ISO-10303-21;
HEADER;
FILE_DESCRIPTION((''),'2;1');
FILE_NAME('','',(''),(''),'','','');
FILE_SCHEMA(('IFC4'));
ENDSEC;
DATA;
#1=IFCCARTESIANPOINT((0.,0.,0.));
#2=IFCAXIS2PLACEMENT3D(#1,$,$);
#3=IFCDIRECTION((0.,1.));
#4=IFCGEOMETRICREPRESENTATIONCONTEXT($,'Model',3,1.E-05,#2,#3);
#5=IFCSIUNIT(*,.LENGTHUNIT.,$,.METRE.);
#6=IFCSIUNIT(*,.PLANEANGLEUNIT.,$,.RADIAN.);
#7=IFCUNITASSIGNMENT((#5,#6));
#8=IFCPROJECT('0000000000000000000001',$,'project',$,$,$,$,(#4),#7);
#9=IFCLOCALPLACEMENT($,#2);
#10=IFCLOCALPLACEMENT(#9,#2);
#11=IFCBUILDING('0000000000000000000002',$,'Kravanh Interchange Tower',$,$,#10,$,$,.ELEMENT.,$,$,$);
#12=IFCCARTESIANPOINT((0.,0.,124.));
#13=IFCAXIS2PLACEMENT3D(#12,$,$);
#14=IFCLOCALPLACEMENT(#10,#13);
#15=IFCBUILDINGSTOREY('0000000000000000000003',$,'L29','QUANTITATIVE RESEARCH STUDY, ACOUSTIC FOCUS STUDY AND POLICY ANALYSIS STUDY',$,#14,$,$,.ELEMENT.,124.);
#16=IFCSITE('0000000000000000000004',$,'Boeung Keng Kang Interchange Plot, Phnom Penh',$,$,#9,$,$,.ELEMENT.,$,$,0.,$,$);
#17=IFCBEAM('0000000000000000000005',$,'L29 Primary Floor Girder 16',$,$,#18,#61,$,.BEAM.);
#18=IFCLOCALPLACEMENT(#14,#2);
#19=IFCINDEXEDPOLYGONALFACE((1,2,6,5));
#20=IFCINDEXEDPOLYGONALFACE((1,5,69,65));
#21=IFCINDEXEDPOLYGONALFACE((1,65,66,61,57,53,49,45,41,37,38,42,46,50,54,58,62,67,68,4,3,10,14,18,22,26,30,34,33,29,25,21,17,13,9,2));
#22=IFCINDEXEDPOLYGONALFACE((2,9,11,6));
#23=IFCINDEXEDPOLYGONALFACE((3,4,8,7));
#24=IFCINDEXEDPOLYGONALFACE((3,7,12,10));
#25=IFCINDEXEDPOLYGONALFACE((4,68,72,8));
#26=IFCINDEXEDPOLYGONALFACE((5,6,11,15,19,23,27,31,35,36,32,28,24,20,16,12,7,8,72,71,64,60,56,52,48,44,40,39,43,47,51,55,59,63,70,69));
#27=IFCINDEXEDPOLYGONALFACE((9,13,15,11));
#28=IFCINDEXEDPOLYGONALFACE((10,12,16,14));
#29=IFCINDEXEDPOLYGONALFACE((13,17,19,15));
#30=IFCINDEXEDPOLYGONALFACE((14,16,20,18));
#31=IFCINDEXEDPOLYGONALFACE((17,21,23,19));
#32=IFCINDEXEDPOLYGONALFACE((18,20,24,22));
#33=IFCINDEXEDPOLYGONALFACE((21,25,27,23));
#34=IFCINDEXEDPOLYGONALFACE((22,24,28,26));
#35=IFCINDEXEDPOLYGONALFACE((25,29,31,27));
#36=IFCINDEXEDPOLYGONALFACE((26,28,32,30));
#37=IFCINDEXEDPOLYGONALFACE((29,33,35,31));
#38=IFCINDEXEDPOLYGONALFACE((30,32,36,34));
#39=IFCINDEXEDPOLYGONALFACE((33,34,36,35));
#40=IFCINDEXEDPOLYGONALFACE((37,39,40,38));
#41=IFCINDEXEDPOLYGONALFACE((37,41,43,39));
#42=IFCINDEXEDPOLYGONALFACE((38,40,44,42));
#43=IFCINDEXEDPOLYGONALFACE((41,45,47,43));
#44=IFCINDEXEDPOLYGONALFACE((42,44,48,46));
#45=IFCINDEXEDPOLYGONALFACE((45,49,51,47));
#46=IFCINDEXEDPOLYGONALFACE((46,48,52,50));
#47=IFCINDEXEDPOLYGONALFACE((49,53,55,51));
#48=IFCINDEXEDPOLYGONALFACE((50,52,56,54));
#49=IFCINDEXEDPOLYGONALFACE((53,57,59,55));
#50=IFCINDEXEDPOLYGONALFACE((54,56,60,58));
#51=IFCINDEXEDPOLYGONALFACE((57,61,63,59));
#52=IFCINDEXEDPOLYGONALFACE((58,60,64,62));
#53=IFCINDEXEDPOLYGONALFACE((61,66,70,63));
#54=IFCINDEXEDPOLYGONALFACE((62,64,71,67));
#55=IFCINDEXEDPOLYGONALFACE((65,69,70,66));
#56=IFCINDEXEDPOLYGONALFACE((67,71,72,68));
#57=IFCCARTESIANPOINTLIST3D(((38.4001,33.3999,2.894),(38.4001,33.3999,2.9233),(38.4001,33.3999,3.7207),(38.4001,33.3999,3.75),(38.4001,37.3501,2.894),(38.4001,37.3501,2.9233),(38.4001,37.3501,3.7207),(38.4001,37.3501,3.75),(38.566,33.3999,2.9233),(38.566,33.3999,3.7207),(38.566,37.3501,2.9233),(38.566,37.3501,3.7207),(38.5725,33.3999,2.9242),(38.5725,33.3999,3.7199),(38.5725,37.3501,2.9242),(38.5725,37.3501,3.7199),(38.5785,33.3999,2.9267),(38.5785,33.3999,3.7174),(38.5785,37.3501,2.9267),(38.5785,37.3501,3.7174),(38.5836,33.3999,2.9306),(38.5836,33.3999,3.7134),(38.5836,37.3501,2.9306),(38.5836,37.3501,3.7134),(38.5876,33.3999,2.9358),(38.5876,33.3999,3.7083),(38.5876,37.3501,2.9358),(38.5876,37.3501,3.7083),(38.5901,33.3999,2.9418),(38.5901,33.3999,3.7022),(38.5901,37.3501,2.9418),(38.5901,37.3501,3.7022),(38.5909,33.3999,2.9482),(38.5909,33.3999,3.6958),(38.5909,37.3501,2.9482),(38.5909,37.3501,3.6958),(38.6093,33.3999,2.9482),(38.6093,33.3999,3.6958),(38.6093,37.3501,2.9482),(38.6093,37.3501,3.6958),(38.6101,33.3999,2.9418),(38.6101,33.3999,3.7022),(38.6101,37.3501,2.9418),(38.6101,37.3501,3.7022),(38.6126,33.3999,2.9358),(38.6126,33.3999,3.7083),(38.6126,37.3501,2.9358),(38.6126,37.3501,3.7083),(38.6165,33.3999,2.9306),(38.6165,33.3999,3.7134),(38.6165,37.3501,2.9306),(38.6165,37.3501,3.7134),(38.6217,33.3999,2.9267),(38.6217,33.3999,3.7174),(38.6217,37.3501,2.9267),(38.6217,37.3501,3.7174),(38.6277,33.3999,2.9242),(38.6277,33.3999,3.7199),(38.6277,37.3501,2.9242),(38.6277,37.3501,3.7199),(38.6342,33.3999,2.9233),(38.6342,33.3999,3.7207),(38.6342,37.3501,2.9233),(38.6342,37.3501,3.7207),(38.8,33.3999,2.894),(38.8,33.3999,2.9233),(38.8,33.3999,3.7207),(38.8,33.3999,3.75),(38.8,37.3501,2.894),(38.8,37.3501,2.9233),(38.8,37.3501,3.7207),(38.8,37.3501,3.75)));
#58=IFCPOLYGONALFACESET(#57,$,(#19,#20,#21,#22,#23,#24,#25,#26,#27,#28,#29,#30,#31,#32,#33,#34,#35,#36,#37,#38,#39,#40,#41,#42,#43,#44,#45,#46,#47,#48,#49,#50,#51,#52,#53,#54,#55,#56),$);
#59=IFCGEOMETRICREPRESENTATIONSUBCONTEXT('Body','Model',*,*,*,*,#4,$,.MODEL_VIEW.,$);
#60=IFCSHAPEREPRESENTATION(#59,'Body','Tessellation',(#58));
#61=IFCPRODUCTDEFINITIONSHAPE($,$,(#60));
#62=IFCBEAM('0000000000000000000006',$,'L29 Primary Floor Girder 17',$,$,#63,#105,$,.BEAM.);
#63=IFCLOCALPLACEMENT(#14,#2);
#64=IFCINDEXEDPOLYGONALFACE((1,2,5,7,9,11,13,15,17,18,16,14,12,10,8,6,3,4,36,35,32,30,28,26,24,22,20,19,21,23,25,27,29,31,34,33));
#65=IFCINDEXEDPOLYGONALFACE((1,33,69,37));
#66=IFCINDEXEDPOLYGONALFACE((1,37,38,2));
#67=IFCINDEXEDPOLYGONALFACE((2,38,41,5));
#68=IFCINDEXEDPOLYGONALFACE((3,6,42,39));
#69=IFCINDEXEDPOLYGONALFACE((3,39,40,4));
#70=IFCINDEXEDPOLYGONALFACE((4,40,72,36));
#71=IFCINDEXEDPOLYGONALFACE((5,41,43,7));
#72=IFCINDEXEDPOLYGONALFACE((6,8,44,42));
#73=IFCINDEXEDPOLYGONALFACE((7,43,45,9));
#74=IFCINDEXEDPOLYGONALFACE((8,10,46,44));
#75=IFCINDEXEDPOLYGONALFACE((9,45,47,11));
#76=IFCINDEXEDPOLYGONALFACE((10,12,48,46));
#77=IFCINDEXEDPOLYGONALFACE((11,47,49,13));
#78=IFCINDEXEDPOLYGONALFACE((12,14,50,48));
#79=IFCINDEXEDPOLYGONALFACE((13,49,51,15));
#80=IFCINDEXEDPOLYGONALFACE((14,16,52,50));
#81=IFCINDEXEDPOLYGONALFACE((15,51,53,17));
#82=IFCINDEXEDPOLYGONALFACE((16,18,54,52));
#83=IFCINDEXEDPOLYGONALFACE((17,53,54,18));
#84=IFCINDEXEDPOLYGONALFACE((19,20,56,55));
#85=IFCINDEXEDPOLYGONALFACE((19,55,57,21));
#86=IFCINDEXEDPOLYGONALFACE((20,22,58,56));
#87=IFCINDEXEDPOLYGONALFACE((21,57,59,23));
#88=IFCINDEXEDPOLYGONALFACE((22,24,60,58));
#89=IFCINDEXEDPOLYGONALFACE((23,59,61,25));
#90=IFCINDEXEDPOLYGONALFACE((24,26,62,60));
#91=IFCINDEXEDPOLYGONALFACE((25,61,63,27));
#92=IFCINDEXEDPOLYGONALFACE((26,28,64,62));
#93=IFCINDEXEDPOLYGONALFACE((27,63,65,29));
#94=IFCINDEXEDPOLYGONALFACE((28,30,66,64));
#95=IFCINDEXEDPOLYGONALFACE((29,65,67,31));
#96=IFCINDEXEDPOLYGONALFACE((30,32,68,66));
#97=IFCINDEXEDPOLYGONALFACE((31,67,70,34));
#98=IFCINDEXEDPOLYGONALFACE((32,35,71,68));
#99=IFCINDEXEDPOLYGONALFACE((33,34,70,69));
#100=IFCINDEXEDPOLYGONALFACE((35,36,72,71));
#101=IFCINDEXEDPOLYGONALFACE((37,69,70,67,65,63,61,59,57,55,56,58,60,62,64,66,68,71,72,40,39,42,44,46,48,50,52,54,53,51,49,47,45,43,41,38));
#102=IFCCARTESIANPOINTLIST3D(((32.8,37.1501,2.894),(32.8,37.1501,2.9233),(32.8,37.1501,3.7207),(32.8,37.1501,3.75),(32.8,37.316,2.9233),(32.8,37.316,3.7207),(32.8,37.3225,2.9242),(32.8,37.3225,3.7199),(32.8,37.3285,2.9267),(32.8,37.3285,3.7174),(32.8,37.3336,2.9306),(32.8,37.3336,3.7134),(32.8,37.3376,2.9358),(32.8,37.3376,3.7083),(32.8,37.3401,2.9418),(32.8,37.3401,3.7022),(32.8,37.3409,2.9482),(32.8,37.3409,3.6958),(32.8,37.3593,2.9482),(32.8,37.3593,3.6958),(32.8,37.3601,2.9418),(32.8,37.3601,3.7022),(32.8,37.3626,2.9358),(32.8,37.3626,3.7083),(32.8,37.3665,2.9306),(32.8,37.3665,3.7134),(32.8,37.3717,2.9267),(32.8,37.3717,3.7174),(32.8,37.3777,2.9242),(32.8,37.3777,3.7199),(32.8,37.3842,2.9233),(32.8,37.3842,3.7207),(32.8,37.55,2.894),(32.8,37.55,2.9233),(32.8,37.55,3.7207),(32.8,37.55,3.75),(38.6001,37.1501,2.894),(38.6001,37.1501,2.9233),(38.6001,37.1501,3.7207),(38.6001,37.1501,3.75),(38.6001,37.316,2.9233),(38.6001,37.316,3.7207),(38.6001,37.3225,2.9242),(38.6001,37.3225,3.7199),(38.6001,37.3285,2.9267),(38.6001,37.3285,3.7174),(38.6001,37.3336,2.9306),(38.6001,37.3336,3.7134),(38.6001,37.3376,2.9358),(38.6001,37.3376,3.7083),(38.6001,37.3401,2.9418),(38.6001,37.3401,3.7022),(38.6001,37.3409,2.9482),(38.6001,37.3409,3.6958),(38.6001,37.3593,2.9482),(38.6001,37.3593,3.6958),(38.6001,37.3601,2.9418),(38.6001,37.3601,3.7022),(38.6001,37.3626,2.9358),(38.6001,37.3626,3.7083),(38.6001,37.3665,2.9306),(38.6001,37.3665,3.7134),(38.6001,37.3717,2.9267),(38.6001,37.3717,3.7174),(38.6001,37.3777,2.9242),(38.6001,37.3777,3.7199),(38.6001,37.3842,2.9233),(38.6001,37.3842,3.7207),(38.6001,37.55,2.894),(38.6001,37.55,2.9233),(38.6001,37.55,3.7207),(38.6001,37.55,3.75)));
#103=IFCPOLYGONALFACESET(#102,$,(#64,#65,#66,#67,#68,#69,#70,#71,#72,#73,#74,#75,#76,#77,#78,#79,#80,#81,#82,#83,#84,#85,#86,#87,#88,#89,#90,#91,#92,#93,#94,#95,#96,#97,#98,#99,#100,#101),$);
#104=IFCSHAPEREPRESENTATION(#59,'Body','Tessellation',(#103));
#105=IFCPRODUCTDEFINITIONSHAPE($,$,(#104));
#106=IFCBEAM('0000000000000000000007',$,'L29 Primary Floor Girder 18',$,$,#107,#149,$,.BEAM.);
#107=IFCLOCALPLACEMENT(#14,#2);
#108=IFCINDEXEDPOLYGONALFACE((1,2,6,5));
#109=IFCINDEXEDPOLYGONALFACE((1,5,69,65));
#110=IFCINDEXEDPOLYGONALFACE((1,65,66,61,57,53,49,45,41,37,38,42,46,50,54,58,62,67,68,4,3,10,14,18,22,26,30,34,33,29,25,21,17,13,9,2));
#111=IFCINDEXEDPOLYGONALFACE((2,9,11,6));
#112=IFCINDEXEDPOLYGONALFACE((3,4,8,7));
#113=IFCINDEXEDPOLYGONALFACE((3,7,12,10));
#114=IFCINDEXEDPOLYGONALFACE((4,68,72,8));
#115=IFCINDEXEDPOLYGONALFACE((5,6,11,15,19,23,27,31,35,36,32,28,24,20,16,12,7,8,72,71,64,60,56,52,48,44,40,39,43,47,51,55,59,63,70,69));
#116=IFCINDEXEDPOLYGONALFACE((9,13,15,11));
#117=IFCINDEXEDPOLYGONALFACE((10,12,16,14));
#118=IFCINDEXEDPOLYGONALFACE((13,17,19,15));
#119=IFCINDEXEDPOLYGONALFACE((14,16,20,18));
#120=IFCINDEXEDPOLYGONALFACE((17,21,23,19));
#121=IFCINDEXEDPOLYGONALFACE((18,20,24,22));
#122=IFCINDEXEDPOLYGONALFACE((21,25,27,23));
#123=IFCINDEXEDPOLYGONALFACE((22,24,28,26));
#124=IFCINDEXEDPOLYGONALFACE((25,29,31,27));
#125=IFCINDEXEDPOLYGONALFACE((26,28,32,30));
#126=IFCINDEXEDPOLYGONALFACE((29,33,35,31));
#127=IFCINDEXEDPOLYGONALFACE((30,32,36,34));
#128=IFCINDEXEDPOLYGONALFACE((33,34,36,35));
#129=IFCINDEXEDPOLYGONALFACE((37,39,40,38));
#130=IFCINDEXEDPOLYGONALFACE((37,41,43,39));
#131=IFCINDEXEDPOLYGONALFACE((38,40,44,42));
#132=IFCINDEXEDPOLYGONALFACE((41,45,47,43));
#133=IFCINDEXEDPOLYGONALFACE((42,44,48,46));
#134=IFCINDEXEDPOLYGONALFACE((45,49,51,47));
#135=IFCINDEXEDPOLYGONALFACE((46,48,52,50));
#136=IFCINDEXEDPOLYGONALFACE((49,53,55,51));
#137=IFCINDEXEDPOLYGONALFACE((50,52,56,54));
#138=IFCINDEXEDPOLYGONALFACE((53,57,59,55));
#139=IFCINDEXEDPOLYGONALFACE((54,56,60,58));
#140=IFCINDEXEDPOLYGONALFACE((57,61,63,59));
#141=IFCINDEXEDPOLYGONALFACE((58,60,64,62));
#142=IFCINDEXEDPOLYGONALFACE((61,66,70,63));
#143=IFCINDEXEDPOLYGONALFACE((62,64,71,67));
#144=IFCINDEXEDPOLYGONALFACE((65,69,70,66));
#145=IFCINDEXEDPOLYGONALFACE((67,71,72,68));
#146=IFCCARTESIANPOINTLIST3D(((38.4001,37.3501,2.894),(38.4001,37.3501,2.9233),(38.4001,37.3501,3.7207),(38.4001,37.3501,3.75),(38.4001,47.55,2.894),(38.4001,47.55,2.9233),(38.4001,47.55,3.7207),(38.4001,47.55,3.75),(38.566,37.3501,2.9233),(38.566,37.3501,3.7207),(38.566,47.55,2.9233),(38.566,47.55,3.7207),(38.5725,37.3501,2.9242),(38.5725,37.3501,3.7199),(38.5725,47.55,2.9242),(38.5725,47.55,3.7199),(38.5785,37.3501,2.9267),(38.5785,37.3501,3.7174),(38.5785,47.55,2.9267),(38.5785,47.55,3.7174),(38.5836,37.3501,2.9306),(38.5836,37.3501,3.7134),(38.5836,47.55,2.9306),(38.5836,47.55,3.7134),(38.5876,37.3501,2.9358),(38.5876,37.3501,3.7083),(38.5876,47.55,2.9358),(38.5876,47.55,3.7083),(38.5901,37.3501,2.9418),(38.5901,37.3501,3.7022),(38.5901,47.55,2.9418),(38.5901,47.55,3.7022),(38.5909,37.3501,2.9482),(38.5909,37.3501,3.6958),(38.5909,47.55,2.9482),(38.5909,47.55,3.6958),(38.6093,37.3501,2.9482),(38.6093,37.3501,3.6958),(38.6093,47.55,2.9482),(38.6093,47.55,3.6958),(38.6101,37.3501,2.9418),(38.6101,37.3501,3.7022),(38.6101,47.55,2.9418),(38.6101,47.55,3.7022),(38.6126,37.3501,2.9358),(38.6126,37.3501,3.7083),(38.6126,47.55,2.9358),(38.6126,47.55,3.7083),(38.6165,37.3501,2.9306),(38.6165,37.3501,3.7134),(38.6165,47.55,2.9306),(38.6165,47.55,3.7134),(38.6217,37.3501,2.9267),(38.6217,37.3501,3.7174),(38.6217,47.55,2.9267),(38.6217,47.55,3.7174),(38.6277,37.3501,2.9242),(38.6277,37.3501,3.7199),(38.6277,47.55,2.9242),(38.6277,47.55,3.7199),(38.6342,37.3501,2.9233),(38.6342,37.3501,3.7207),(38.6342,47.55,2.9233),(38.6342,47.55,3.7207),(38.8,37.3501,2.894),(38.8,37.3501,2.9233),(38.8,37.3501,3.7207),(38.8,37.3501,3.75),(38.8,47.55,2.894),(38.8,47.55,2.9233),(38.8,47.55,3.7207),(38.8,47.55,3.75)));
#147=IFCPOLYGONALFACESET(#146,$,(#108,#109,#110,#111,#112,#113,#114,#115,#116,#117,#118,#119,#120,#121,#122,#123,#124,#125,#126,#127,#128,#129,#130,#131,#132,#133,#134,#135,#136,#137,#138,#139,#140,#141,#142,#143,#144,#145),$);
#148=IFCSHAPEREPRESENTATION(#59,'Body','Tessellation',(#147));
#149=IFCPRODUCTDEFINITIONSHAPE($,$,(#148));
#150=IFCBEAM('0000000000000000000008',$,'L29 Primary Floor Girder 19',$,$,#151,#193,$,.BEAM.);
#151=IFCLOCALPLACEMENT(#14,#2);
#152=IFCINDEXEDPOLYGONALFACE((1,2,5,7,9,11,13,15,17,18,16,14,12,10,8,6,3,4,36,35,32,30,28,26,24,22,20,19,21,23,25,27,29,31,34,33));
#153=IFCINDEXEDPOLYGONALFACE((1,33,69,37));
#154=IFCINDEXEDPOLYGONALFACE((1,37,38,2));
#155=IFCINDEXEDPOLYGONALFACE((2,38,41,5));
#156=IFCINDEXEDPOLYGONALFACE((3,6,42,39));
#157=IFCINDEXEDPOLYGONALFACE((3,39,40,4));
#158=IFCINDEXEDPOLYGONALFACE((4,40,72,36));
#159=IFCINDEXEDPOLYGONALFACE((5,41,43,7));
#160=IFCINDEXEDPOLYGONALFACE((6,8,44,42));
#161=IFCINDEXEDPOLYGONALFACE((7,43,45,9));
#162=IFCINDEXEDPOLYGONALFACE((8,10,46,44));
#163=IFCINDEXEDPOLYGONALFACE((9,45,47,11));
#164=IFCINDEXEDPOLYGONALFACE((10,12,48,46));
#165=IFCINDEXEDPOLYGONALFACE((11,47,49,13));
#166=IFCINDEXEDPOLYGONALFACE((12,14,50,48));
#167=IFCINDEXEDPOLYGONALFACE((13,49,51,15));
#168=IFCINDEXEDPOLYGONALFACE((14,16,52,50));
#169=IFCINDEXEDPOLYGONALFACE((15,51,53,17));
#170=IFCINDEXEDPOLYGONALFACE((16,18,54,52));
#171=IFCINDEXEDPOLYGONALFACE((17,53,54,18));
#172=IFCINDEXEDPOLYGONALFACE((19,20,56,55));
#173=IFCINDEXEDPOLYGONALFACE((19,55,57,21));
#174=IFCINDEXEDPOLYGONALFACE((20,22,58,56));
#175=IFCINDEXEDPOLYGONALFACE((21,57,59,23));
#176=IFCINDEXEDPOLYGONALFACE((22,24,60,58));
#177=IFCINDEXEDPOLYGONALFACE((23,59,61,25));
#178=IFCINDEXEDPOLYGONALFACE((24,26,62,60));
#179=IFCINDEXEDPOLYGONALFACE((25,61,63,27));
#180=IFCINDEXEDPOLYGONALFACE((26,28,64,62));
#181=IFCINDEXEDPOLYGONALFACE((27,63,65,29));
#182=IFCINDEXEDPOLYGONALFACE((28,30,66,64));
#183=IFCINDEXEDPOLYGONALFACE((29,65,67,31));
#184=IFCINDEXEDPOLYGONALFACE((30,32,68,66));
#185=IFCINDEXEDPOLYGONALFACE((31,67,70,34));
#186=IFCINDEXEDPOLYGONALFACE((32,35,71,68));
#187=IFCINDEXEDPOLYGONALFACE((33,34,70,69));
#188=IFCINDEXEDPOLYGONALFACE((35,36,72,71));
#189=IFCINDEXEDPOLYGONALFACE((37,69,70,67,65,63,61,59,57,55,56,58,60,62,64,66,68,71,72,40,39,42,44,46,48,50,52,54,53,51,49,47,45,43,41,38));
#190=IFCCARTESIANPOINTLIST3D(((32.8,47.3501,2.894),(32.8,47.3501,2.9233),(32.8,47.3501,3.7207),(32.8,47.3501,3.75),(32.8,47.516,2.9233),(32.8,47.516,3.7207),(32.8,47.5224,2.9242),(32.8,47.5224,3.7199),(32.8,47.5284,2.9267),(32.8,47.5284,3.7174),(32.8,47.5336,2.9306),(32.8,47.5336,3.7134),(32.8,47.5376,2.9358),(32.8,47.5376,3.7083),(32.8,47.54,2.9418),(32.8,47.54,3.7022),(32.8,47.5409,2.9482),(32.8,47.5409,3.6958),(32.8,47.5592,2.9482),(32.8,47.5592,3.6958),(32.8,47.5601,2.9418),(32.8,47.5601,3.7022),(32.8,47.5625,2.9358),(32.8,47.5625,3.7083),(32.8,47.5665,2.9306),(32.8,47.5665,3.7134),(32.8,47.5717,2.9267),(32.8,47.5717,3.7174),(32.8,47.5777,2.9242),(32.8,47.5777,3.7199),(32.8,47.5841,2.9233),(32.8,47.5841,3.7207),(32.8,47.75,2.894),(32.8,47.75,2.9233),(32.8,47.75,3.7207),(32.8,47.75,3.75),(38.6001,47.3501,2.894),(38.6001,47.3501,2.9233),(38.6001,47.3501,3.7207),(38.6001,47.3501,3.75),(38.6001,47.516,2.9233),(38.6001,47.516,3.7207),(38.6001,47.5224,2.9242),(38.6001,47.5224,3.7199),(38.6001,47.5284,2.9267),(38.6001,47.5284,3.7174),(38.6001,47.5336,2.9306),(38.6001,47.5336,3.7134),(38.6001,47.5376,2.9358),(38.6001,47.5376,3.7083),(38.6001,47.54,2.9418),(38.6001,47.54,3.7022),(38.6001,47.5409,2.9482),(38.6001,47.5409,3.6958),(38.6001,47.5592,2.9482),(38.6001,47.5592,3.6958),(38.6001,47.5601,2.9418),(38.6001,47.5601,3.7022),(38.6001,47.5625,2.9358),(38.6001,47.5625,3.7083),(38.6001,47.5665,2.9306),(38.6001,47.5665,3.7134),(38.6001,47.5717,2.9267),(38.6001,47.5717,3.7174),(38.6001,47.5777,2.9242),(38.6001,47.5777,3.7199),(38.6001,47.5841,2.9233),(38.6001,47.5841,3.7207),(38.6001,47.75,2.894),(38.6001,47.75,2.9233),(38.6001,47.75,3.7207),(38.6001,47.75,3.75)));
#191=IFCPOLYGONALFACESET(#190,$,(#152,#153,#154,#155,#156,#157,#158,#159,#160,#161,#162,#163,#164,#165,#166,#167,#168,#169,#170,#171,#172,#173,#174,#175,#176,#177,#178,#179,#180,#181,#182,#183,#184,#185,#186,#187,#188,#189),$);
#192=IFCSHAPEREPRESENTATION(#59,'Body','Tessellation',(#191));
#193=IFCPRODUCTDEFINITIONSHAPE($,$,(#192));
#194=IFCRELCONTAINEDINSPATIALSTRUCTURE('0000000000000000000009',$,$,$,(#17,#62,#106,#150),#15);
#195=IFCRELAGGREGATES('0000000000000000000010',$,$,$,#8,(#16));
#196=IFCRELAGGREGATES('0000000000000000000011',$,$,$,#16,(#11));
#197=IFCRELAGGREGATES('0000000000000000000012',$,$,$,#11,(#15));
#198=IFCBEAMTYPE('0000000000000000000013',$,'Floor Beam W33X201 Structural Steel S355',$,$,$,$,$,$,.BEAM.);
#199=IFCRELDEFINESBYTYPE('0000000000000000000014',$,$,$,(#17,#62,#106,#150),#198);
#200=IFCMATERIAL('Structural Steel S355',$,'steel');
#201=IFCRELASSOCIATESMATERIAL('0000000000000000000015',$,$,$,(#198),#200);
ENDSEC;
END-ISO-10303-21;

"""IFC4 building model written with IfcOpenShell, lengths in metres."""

from ifc_helpers import new_model, si_unit, direction, frame, origin, origin_2d, place, context, subcontext, project, spatial, i_section, extrude, material, material_profile, profile_set, type_object, element, save


model = new_model("IFC4")

# Units and contexts
model_context = context("Model", 3, precision=1e-05, world=origin(), true_north=direction((0.0, 1.0)))
body_context = subcontext(model_context, "Body", "Model", "MODEL_VIEW")
ifc_project = project(units=[si_unit("LENGTHUNIT", "METRE"), si_unit("PLANEANGLEUNIT", "RADIAN")], contexts=[model_context])

# Site, building, storey
site_placement = place(None, origin())
site = spatial("IfcSite", under=ifc_project, at=site_placement, Name="Boeung Keng Kang Interchange Plot, Phnom Penh", CompositionType="ELEMENT", RefElevation=0.0)
building_placement = place(site_placement, origin())
building = spatial("IfcBuilding", under=site, at=building_placement, Name="Kravanh Interchange Tower", CompositionType="ELEMENT")
storey_placement = place(building_placement, frame((0.0, 0.0, 124.0)))
storey = spatial("IfcBuildingStorey", under=building, at=storey_placement, Name="L29", Description="QUANTITATIVE RESEARCH STUDY, ACOUSTIC FOCUS STUDY AND POLICY ANALYSIS STUDY", CompositionType="ELEMENT", Elevation=124.0)

# Beams
ifc_material_1 = material(Name="Structural Steel S355", Category="steel")
ifc_material_profile_1 = material_profile(ifc_material_1, i_section(OverallWidth=0.3999, OverallDepth=0.856, WebThickness=0.0183, FlangeThickness=0.0293, FilletRadius=0.0249, at=origin_2d()), Name="W33X201")
ifc_profile_set_1 = profile_set([ifc_material_profile_1], Name="Structural Steel S355")
beam_type_1 = type_object("IfcBeamType", Name="Floor Beam W33X201 Structural Steel S355", PredefinedType="BEAM", material=ifc_profile_set_1)
beam_1_placement = place(storey_placement, frame((38.6001, 37.3501, 3.322), z_axis=(0.0, -1.0, 0.0), x_axis=(1.0, 0.0, 0.0)))
element("IfcBeam", 1, at=beam_1_placement, inside=storey, type_object=beam_type_1, Name="L29 Primary Floor Girder 16", PredefinedType="BEAM", context=body_context, shape_type="SweptSolid", body=[
    extrude(i_section(OverallWidth=0.3999, OverallDepth=0.856, WebThickness=0.0183, FlangeThickness=0.0293, FilletRadius=0.0249, at=origin_2d()), origin(), (0.0, 0.0, 1.0), 3.9502),
])
beam_2_placement = place(storey_placement, frame((38.6001, 37.3501, 3.322), z_axis=(-1.0, 0.0, 0.0), x_axis=(0.0, -1.0, 0.0)))
element("IfcBeam", 2, at=beam_2_placement, inside=storey, type_object=beam_type_1, Name="L29 Primary Floor Girder 17", PredefinedType="BEAM", context=body_context, shape_type="SweptSolid", body=[
    extrude(i_section(OverallWidth=0.3999, OverallDepth=0.856, WebThickness=0.0183, FlangeThickness=0.0293, FilletRadius=0.0249, at=origin_2d()), origin(), (0.0, 0.0, 1.0), 5.8),
])
beam_3_placement = place(storey_placement, frame((38.6001, 37.3501, 3.322), z_axis=(0.0, 1.0, 0.0), x_axis=(-1.0, 0.0, 0.0)))
element("IfcBeam", 3, at=beam_3_placement, inside=storey, type_object=beam_type_1, Name="L29 Primary Floor Girder 18", PredefinedType="BEAM", context=body_context, shape_type="SweptSolid", body=[
    extrude(i_section(OverallWidth=0.3999, OverallDepth=0.856, WebThickness=0.0183, FlangeThickness=0.0293, FilletRadius=0.0249, at=origin_2d()), origin(), (0.0, 0.0, 1.0), 10.2),
])
beam_4_placement = place(storey_placement, frame((38.6001, 47.55, 3.322), z_axis=(-1.0, 0.0, 0.0), x_axis=(0.0, -1.0, 0.0)))
element("IfcBeam", 4, at=beam_4_placement, inside=storey, type_object=beam_type_1, Name="L29 Primary Floor Girder 19", PredefinedType="BEAM", context=body_context, shape_type="SweptSolid", body=[
    extrude(i_section(OverallWidth=0.3999, OverallDepth=0.856, WebThickness=0.0183, FlangeThickness=0.0293, FilletRadius=0.0249, at=origin_2d()), origin(), (0.0, 0.0, 1.0), 5.8),
])

save(model, "model.ifc")
